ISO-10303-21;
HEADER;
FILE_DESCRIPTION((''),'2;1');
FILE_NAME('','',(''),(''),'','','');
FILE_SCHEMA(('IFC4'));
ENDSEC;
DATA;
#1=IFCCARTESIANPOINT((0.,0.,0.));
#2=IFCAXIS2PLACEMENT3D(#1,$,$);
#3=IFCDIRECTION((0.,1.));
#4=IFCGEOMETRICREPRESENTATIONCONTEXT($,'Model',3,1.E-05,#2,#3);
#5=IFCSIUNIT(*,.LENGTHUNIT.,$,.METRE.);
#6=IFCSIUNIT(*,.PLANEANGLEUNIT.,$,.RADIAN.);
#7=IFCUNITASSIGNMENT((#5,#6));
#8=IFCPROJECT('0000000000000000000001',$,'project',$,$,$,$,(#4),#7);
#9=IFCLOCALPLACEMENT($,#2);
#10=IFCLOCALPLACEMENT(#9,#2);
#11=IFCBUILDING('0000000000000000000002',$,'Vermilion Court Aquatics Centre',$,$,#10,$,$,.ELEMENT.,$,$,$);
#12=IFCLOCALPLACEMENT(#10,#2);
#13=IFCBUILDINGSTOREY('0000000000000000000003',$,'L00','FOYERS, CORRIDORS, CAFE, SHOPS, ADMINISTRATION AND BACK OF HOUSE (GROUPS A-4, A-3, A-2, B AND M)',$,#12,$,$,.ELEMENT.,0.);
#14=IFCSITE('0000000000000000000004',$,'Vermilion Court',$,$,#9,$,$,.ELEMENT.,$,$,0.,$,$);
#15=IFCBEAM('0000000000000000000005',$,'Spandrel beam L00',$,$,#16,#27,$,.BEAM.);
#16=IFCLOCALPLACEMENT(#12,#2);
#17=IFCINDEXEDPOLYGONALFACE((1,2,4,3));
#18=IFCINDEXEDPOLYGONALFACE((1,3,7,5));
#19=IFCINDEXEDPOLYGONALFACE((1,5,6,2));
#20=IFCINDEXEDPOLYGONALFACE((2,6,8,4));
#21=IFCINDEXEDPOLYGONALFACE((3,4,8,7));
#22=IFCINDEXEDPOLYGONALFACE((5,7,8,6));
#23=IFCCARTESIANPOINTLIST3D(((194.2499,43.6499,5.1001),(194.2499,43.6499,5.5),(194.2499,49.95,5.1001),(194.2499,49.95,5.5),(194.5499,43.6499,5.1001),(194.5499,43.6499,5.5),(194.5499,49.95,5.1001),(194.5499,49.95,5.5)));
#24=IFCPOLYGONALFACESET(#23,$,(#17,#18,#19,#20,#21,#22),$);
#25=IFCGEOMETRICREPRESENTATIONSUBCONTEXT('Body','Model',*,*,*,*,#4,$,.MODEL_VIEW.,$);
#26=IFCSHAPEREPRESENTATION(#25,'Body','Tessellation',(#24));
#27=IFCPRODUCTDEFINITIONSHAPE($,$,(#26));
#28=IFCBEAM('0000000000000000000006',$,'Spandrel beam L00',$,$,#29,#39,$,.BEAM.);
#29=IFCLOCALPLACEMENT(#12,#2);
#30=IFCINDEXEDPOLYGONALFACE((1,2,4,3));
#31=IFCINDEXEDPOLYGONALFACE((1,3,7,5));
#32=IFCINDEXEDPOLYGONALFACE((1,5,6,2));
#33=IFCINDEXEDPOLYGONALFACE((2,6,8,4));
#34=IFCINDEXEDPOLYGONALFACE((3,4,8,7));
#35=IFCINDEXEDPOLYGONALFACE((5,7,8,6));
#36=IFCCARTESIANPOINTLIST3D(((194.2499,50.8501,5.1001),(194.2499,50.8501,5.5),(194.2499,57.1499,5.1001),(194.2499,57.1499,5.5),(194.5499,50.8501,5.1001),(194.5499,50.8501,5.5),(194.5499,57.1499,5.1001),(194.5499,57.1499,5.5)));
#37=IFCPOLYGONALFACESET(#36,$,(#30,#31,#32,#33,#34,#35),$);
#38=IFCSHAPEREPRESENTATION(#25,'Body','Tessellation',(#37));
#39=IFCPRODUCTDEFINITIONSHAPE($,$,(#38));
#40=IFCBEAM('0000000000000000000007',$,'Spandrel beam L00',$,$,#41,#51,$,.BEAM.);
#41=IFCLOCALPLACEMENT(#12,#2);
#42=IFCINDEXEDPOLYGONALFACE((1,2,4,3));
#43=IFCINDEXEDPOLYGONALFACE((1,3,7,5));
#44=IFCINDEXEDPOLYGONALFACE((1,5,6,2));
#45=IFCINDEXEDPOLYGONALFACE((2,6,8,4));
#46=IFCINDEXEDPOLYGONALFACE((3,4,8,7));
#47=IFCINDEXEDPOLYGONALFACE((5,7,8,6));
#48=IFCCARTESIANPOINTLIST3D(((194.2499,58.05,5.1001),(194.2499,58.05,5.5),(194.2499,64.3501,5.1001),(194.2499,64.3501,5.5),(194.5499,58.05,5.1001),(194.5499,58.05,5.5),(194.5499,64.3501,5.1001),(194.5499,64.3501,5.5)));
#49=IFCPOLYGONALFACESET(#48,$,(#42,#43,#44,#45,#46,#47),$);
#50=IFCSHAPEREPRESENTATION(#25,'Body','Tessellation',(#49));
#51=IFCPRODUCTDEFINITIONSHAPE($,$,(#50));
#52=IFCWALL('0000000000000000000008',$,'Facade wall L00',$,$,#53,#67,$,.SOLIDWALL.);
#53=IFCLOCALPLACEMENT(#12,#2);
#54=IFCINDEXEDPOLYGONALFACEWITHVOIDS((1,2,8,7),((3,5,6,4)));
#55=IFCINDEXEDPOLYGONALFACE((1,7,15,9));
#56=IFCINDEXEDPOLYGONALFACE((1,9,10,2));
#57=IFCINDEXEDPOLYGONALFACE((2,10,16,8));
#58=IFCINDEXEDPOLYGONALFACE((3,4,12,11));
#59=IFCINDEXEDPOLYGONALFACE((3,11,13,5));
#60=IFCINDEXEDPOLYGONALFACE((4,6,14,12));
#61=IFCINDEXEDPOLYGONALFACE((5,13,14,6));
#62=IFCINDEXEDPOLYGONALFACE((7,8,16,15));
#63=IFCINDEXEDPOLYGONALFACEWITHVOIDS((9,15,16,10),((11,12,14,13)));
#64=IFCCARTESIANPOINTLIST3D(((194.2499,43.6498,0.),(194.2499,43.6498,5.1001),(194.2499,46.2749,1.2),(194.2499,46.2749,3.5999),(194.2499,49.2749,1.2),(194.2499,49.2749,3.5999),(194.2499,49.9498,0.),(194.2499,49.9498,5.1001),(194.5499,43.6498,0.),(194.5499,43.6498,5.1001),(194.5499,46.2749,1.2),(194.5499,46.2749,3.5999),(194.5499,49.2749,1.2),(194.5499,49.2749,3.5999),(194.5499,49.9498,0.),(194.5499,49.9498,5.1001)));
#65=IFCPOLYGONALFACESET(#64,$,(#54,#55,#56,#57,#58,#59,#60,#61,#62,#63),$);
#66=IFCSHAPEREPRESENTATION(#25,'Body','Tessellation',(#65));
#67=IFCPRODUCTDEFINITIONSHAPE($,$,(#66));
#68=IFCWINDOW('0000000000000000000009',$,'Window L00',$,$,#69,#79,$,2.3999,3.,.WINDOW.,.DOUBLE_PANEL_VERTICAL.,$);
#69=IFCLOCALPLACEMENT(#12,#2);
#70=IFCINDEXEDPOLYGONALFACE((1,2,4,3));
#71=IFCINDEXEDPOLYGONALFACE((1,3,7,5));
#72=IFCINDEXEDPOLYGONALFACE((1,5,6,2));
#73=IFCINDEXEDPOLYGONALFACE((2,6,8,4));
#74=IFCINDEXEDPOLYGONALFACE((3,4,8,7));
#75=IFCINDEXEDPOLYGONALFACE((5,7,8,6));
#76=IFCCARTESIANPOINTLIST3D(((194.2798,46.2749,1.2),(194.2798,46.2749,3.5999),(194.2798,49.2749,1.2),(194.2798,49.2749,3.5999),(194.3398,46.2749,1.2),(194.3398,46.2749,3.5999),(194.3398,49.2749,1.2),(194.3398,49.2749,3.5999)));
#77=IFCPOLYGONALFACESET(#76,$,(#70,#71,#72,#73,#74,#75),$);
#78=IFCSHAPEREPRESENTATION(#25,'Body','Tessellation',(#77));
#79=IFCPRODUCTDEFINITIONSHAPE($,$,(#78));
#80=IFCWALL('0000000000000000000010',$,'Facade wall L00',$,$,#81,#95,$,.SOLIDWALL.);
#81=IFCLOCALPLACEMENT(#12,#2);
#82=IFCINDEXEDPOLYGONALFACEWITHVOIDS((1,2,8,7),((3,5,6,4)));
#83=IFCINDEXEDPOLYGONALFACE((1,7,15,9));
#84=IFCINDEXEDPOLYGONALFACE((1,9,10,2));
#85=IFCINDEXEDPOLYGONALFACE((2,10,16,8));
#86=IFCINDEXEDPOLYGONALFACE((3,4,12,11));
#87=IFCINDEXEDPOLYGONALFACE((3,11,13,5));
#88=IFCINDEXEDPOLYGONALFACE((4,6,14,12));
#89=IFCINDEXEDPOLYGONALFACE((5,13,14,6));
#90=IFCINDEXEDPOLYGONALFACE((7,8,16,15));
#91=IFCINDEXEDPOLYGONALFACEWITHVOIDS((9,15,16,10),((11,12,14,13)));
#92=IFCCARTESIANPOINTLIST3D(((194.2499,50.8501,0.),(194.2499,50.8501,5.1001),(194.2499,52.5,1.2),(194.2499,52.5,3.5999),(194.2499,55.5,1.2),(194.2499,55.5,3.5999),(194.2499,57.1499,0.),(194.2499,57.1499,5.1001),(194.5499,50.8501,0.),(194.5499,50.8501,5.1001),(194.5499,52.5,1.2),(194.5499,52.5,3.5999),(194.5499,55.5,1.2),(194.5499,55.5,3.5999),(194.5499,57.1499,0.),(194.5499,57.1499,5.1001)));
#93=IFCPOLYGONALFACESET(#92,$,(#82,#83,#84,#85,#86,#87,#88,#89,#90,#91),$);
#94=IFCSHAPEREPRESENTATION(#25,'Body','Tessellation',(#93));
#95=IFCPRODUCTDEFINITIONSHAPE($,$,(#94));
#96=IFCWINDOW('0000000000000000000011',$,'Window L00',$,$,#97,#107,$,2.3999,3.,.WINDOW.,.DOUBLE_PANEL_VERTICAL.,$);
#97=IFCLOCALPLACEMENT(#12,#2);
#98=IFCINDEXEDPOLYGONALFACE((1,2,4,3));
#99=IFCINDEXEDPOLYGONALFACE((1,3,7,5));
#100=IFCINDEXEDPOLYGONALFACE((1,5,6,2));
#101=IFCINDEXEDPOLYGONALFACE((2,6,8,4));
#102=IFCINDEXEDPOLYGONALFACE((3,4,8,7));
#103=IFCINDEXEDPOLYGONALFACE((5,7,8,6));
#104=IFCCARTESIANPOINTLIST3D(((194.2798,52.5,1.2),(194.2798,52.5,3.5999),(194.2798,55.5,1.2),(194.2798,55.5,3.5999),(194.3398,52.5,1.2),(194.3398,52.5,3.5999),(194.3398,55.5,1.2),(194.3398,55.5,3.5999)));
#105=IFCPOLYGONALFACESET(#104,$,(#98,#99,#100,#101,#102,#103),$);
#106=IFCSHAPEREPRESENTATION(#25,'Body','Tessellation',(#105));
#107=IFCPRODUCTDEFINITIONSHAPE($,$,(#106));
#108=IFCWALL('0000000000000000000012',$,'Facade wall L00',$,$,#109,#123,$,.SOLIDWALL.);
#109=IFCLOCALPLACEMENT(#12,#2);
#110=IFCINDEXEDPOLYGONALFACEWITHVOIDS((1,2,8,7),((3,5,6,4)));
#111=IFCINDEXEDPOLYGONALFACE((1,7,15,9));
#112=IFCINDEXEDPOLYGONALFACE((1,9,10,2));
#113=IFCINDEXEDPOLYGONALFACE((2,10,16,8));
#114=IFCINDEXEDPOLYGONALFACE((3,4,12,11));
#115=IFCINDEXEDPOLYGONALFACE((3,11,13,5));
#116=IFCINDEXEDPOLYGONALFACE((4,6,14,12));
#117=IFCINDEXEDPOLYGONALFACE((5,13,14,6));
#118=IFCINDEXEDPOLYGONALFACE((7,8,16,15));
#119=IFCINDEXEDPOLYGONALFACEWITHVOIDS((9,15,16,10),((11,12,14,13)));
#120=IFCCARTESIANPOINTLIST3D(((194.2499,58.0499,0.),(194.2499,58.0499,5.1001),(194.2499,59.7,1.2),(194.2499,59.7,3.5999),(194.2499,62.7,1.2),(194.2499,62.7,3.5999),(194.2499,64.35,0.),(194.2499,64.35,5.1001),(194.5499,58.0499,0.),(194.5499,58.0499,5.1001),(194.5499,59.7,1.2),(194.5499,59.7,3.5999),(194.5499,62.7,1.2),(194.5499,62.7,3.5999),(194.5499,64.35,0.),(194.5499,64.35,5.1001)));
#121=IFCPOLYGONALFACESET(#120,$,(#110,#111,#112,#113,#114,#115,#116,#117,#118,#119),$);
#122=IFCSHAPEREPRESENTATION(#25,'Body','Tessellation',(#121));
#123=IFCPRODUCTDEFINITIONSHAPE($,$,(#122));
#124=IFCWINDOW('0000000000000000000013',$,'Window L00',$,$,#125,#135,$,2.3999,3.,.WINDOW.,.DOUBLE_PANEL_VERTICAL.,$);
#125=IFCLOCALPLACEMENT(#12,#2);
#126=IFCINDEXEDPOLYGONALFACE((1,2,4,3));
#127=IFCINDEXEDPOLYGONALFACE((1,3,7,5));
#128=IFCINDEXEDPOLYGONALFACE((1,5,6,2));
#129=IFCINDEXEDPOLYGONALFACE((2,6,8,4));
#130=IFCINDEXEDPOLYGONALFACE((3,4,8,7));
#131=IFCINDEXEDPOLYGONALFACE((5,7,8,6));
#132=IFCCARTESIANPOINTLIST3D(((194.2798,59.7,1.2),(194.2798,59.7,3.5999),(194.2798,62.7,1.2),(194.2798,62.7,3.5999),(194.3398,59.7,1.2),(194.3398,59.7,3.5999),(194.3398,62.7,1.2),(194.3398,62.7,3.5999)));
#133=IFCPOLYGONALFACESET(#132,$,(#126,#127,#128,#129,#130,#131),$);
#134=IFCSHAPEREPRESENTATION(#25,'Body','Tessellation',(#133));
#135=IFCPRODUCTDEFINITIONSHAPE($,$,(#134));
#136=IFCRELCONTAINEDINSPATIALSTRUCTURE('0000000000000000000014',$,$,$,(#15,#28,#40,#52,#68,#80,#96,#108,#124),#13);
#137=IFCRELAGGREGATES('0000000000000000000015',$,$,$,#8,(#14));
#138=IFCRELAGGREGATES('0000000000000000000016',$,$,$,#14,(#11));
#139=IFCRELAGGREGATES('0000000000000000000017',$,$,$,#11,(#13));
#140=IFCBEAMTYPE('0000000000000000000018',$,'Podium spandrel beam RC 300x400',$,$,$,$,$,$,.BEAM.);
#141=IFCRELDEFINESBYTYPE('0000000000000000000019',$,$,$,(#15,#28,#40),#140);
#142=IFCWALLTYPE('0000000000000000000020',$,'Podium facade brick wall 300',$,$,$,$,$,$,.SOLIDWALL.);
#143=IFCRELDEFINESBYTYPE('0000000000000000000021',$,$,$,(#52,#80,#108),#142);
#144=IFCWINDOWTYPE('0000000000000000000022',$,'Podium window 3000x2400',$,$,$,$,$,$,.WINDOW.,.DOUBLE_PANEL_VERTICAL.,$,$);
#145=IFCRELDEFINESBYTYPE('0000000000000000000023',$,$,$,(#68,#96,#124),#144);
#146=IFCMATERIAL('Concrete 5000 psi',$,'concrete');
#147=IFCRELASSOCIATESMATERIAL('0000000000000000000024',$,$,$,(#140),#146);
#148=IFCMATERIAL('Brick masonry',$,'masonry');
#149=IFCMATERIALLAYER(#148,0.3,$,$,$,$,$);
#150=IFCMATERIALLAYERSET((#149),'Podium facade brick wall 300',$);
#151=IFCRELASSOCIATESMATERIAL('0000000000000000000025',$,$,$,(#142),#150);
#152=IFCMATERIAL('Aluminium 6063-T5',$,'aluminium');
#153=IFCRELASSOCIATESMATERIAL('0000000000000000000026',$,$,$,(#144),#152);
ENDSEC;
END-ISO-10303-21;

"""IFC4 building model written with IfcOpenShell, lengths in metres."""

from ifc_helpers import new_model, si_unit, direction, frame, frame_2d, origin, origin_2d, place, context, subcontext, project, spatial, rectangle, extrude, material, layer, layer_set, material_profile, profile_set, type_object, element, fill, save


model = new_model("IFC4")

# Units and contexts
model_context = context("Model", 3, precision=1e-05, world=origin(), true_north=direction((0.0, 1.0)))
body_context = subcontext(model_context, "Body", "Model", "MODEL_VIEW")
ifc_project = project(units=[si_unit("LENGTHUNIT", "METRE"), si_unit("PLANEANGLEUNIT", "RADIAN")], contexts=[model_context])

# Site, building, storey
site_placement = place(None, origin())
site = spatial("IfcSite", under=ifc_project, at=site_placement, Name="Vermilion Court", CompositionType="ELEMENT", RefElevation=0.0)
building_placement = place(site_placement, origin())
building = spatial("IfcBuilding", under=site, at=building_placement, Name="Vermilion Court Aquatics Centre", CompositionType="ELEMENT")
storey_placement = place(building_placement, origin())
storey = spatial("IfcBuildingStorey", under=building, at=storey_placement, Name="L00", Description="FOYERS, CORRIDORS, CAFE, SHOPS, ADMINISTRATION AND BACK OF HOUSE (GROUPS A-4, A-3, A-2, B AND M)", CompositionType="ELEMENT", Elevation=0.0)

# Beams
ifc_material_1 = material(Name="Concrete 5000 psi", Category="concrete")
ifc_material_profile_1 = material_profile(ifc_material_1, rectangle(XDim=0.3, YDim=0.3999, at=origin_2d()), Name="RC 300x400")
ifc_profile_set_1 = profile_set([ifc_material_profile_1], Name="Concrete 5000 psi")
beam_type_1 = type_object("IfcBeamType", Name="Podium spandrel beam RC 300x400", PredefinedType="BEAM", material=ifc_profile_set_1)
beam_1_placement = place(storey_placement, frame((194.3999, 43.6499, 5.3), z_axis=(0.0, 1.0, 0.0), x_axis=(-1.0, 0.0, 0.0)))
element("IfcBeam", 1, at=beam_1_placement, inside=storey, type_object=beam_type_1, Name="Spandrel beam L00", PredefinedType="BEAM", context=body_context, shape_type="SweptSolid", body=[
    extrude(rectangle(XDim=0.3, YDim=0.3999, at=origin_2d()), origin(), (0.0, 0.0, 1.0), 6.3),
])
beam_2_placement = place(storey_placement, frame((194.3999, 50.8501, 5.3), z_axis=(0.0, 1.0, 0.0), x_axis=(-1.0, 0.0, 0.0)))
element("IfcBeam", 2, at=beam_2_placement, inside=storey, type_object=beam_type_1, Name="Spandrel beam L00", PredefinedType="BEAM", context=body_context, shape_type="SweptSolid", body=[
    extrude(rectangle(XDim=0.3, YDim=0.3999, at=origin_2d()), origin(), (0.0, 0.0, 1.0), 6.2998),
])
beam_3_placement = place(storey_placement, frame((194.3999, 58.05, 5.3), z_axis=(0.0, 1.0, 0.0), x_axis=(-1.0, 0.0, 0.0)))
element("IfcBeam", 3, at=beam_3_placement, inside=storey, type_object=beam_type_1, Name="Spandrel beam L00", PredefinedType="BEAM", context=body_context, shape_type="SweptSolid", body=[
    extrude(rectangle(XDim=0.3, YDim=0.3999, at=origin_2d()), origin(), (0.0, 0.0, 1.0), 6.3),
])

# Walls, openings, windows
ifc_material_2 = material(Name="Brick masonry", Category="masonry")
ifc_layer_1 = layer(ifc_material_2, 0.3)
ifc_layer_set_1 = layer_set([ifc_layer_1], Name="Podium facade brick wall 300")
wall_type = type_object("IfcWallType", Name="Podium facade brick wall 300", PredefinedType="SOLIDWALL", material=ifc_layer_set_1)
wall_1_placement = place(storey_placement, frame((194.3999, 43.6499, 0.0), z_axis=(0.0, 0.0, 1.0), x_axis=(0.0, 1.0, 0.0)))
wall_1 = element("IfcWall", 4, at=wall_1_placement, inside=storey, type_object=wall_type, Name="Facade wall L00", PredefinedType="SOLIDWALL", context=body_context, shape_type="SweptSolid", body=[
    extrude(rectangle(XDim=6.3, YDim=0.3, at=frame_2d((3.1499, 0.0))), origin(), (0.0, 0.0, 1.0), 5.1001),
])
opening_1_placement = place(wall_1_placement, frame((2.625, 0.0, 1.2)))
opening_1 = element("IfcOpeningElement", 5, at=opening_1_placement, cuts=wall_1, PredefinedType="OPENING", context=body_context, shape_type="SweptSolid", body=[
    extrude(rectangle(XDim=3.0, YDim=2.3999, at=frame_2d((1.5, 1.2))), frame((0.0, 0.1599, 0.0), z_axis=(0.0, -1.0, 0.0), x_axis=(1.0, 0.0, 0.0)), (0.0, 0.0, 1.0), 0.3201),
])
ifc_material_3 = material(Name="Aluminium 6063-T5", Category="aluminium")
window_type = type_object("IfcWindowType", Name="Podium window 3000x2400", PartitioningType="DOUBLE_PANEL_VERTICAL", PredefinedType="WINDOW", material=ifc_material_3)
window_1_placement = place(opening_1_placement, origin())
window_1 = element("IfcWindow", 6, at=window_1_placement, inside=storey, type_object=window_type, Name="Window L00", OverallHeight=2.3999, OverallWidth=3.0, PartitioningType="DOUBLE_PANEL_VERTICAL", PredefinedType="WINDOW", context=body_context, shape_type="SweptSolid", body=[
    extrude(rectangle(XDim=3.0, YDim=2.3999, at=frame_2d((1.5, 1.2))), frame((0.0, 0.1201, 0.0), z_axis=(0.0, -1.0, 0.0), x_axis=(1.0, 0.0, 0.0)), (0.0, 0.0, 1.0), 0.0601),
])
fill(opening_1, window_1)
wall_2_placement = place(storey_placement, frame((194.3999, 50.8501, 0.0), z_axis=(0.0, 0.0, 1.0), x_axis=(0.0, 1.0, 0.0)))
wall_2 = element("IfcWall", 7, at=wall_2_placement, inside=storey, type_object=wall_type, Name="Facade wall L00", PredefinedType="SOLIDWALL", context=body_context, shape_type="SweptSolid", body=[
    extrude(rectangle(XDim=6.2998, YDim=0.3, at=frame_2d((3.1499, 0.0))), origin(), (0.0, 0.0, 1.0), 5.1001),
])
opening_2_placement = place(wall_2_placement, frame((1.6499, 0.0, 1.2)))
opening_2 = element("IfcOpeningElement", 8, at=opening_2_placement, cuts=wall_2, PredefinedType="OPENING", context=body_context, shape_type="SweptSolid", body=[
    extrude(rectangle(XDim=3.0, YDim=2.3999, at=frame_2d((1.5, 1.2))), frame((0.0, 0.1599, 0.0), z_axis=(0.0, -1.0, 0.0), x_axis=(1.0, 0.0, 0.0)), (0.0, 0.0, 1.0), 0.3201),
])
window_2_placement = place(opening_2_placement, origin())
window_2 = element("IfcWindow", 9, at=window_2_placement, inside=storey, type_object=window_type, Name="Window L00", OverallHeight=2.3999, OverallWidth=3.0, PartitioningType="DOUBLE_PANEL_VERTICAL", PredefinedType="WINDOW", context=body_context, shape_type="SweptSolid", body=[
    extrude(rectangle(XDim=3.0, YDim=2.3999, at=frame_2d((1.5, 1.2))), frame((0.0, 0.1201, 0.0), z_axis=(0.0, -1.0, 0.0), x_axis=(1.0, 0.0, 0.0)), (0.0, 0.0, 1.0), 0.0601),
])
fill(opening_2, window_2)
wall_3_placement = place(storey_placement, frame((194.3999, 58.05, 0.0), z_axis=(0.0, 0.0, 1.0), x_axis=(0.0, 1.0, 0.0)))
wall_3 = element("IfcWall", 10, at=wall_3_placement, inside=storey, type_object=wall_type, Name="Facade wall L00", PredefinedType="SOLIDWALL", context=body_context, shape_type="SweptSolid", body=[
    extrude(rectangle(XDim=6.3, YDim=0.3, at=frame_2d((3.1499, 0.0))), origin(), (0.0, 0.0, 1.0), 5.1001),
])
opening_3_placement = place(wall_3_placement, frame((1.6499, 0.0, 1.2)))
opening_3 = element("IfcOpeningElement", 11, at=opening_3_placement, cuts=wall_3, PredefinedType="OPENING", context=body_context, shape_type="SweptSolid", body=[
    extrude(rectangle(XDim=3.0, YDim=2.3999, at=frame_2d((1.5, 1.2))), frame((0.0, 0.1599, 0.0), z_axis=(0.0, -1.0, 0.0), x_axis=(1.0, 0.0, 0.0)), (0.0, 0.0, 1.0), 0.3201),
])
window_3_placement = place(opening_3_placement, origin())
window_3 = element("IfcWindow", 12, at=window_3_placement, inside=storey, type_object=window_type, Name="Window L00", OverallHeight=2.3999, OverallWidth=3.0, PartitioningType="DOUBLE_PANEL_VERTICAL", PredefinedType="WINDOW", context=body_context, shape_type="SweptSolid", body=[
    extrude(rectangle(XDim=3.0, YDim=2.3999, at=frame_2d((1.5, 1.2))), frame((0.0, 0.1201, 0.0), z_axis=(0.0, -1.0, 0.0), x_axis=(1.0, 0.0, 0.0)), (0.0, 0.0, 1.0), 0.0601),
])
fill(opening_3, window_3)

save(model, "model.ifc")
